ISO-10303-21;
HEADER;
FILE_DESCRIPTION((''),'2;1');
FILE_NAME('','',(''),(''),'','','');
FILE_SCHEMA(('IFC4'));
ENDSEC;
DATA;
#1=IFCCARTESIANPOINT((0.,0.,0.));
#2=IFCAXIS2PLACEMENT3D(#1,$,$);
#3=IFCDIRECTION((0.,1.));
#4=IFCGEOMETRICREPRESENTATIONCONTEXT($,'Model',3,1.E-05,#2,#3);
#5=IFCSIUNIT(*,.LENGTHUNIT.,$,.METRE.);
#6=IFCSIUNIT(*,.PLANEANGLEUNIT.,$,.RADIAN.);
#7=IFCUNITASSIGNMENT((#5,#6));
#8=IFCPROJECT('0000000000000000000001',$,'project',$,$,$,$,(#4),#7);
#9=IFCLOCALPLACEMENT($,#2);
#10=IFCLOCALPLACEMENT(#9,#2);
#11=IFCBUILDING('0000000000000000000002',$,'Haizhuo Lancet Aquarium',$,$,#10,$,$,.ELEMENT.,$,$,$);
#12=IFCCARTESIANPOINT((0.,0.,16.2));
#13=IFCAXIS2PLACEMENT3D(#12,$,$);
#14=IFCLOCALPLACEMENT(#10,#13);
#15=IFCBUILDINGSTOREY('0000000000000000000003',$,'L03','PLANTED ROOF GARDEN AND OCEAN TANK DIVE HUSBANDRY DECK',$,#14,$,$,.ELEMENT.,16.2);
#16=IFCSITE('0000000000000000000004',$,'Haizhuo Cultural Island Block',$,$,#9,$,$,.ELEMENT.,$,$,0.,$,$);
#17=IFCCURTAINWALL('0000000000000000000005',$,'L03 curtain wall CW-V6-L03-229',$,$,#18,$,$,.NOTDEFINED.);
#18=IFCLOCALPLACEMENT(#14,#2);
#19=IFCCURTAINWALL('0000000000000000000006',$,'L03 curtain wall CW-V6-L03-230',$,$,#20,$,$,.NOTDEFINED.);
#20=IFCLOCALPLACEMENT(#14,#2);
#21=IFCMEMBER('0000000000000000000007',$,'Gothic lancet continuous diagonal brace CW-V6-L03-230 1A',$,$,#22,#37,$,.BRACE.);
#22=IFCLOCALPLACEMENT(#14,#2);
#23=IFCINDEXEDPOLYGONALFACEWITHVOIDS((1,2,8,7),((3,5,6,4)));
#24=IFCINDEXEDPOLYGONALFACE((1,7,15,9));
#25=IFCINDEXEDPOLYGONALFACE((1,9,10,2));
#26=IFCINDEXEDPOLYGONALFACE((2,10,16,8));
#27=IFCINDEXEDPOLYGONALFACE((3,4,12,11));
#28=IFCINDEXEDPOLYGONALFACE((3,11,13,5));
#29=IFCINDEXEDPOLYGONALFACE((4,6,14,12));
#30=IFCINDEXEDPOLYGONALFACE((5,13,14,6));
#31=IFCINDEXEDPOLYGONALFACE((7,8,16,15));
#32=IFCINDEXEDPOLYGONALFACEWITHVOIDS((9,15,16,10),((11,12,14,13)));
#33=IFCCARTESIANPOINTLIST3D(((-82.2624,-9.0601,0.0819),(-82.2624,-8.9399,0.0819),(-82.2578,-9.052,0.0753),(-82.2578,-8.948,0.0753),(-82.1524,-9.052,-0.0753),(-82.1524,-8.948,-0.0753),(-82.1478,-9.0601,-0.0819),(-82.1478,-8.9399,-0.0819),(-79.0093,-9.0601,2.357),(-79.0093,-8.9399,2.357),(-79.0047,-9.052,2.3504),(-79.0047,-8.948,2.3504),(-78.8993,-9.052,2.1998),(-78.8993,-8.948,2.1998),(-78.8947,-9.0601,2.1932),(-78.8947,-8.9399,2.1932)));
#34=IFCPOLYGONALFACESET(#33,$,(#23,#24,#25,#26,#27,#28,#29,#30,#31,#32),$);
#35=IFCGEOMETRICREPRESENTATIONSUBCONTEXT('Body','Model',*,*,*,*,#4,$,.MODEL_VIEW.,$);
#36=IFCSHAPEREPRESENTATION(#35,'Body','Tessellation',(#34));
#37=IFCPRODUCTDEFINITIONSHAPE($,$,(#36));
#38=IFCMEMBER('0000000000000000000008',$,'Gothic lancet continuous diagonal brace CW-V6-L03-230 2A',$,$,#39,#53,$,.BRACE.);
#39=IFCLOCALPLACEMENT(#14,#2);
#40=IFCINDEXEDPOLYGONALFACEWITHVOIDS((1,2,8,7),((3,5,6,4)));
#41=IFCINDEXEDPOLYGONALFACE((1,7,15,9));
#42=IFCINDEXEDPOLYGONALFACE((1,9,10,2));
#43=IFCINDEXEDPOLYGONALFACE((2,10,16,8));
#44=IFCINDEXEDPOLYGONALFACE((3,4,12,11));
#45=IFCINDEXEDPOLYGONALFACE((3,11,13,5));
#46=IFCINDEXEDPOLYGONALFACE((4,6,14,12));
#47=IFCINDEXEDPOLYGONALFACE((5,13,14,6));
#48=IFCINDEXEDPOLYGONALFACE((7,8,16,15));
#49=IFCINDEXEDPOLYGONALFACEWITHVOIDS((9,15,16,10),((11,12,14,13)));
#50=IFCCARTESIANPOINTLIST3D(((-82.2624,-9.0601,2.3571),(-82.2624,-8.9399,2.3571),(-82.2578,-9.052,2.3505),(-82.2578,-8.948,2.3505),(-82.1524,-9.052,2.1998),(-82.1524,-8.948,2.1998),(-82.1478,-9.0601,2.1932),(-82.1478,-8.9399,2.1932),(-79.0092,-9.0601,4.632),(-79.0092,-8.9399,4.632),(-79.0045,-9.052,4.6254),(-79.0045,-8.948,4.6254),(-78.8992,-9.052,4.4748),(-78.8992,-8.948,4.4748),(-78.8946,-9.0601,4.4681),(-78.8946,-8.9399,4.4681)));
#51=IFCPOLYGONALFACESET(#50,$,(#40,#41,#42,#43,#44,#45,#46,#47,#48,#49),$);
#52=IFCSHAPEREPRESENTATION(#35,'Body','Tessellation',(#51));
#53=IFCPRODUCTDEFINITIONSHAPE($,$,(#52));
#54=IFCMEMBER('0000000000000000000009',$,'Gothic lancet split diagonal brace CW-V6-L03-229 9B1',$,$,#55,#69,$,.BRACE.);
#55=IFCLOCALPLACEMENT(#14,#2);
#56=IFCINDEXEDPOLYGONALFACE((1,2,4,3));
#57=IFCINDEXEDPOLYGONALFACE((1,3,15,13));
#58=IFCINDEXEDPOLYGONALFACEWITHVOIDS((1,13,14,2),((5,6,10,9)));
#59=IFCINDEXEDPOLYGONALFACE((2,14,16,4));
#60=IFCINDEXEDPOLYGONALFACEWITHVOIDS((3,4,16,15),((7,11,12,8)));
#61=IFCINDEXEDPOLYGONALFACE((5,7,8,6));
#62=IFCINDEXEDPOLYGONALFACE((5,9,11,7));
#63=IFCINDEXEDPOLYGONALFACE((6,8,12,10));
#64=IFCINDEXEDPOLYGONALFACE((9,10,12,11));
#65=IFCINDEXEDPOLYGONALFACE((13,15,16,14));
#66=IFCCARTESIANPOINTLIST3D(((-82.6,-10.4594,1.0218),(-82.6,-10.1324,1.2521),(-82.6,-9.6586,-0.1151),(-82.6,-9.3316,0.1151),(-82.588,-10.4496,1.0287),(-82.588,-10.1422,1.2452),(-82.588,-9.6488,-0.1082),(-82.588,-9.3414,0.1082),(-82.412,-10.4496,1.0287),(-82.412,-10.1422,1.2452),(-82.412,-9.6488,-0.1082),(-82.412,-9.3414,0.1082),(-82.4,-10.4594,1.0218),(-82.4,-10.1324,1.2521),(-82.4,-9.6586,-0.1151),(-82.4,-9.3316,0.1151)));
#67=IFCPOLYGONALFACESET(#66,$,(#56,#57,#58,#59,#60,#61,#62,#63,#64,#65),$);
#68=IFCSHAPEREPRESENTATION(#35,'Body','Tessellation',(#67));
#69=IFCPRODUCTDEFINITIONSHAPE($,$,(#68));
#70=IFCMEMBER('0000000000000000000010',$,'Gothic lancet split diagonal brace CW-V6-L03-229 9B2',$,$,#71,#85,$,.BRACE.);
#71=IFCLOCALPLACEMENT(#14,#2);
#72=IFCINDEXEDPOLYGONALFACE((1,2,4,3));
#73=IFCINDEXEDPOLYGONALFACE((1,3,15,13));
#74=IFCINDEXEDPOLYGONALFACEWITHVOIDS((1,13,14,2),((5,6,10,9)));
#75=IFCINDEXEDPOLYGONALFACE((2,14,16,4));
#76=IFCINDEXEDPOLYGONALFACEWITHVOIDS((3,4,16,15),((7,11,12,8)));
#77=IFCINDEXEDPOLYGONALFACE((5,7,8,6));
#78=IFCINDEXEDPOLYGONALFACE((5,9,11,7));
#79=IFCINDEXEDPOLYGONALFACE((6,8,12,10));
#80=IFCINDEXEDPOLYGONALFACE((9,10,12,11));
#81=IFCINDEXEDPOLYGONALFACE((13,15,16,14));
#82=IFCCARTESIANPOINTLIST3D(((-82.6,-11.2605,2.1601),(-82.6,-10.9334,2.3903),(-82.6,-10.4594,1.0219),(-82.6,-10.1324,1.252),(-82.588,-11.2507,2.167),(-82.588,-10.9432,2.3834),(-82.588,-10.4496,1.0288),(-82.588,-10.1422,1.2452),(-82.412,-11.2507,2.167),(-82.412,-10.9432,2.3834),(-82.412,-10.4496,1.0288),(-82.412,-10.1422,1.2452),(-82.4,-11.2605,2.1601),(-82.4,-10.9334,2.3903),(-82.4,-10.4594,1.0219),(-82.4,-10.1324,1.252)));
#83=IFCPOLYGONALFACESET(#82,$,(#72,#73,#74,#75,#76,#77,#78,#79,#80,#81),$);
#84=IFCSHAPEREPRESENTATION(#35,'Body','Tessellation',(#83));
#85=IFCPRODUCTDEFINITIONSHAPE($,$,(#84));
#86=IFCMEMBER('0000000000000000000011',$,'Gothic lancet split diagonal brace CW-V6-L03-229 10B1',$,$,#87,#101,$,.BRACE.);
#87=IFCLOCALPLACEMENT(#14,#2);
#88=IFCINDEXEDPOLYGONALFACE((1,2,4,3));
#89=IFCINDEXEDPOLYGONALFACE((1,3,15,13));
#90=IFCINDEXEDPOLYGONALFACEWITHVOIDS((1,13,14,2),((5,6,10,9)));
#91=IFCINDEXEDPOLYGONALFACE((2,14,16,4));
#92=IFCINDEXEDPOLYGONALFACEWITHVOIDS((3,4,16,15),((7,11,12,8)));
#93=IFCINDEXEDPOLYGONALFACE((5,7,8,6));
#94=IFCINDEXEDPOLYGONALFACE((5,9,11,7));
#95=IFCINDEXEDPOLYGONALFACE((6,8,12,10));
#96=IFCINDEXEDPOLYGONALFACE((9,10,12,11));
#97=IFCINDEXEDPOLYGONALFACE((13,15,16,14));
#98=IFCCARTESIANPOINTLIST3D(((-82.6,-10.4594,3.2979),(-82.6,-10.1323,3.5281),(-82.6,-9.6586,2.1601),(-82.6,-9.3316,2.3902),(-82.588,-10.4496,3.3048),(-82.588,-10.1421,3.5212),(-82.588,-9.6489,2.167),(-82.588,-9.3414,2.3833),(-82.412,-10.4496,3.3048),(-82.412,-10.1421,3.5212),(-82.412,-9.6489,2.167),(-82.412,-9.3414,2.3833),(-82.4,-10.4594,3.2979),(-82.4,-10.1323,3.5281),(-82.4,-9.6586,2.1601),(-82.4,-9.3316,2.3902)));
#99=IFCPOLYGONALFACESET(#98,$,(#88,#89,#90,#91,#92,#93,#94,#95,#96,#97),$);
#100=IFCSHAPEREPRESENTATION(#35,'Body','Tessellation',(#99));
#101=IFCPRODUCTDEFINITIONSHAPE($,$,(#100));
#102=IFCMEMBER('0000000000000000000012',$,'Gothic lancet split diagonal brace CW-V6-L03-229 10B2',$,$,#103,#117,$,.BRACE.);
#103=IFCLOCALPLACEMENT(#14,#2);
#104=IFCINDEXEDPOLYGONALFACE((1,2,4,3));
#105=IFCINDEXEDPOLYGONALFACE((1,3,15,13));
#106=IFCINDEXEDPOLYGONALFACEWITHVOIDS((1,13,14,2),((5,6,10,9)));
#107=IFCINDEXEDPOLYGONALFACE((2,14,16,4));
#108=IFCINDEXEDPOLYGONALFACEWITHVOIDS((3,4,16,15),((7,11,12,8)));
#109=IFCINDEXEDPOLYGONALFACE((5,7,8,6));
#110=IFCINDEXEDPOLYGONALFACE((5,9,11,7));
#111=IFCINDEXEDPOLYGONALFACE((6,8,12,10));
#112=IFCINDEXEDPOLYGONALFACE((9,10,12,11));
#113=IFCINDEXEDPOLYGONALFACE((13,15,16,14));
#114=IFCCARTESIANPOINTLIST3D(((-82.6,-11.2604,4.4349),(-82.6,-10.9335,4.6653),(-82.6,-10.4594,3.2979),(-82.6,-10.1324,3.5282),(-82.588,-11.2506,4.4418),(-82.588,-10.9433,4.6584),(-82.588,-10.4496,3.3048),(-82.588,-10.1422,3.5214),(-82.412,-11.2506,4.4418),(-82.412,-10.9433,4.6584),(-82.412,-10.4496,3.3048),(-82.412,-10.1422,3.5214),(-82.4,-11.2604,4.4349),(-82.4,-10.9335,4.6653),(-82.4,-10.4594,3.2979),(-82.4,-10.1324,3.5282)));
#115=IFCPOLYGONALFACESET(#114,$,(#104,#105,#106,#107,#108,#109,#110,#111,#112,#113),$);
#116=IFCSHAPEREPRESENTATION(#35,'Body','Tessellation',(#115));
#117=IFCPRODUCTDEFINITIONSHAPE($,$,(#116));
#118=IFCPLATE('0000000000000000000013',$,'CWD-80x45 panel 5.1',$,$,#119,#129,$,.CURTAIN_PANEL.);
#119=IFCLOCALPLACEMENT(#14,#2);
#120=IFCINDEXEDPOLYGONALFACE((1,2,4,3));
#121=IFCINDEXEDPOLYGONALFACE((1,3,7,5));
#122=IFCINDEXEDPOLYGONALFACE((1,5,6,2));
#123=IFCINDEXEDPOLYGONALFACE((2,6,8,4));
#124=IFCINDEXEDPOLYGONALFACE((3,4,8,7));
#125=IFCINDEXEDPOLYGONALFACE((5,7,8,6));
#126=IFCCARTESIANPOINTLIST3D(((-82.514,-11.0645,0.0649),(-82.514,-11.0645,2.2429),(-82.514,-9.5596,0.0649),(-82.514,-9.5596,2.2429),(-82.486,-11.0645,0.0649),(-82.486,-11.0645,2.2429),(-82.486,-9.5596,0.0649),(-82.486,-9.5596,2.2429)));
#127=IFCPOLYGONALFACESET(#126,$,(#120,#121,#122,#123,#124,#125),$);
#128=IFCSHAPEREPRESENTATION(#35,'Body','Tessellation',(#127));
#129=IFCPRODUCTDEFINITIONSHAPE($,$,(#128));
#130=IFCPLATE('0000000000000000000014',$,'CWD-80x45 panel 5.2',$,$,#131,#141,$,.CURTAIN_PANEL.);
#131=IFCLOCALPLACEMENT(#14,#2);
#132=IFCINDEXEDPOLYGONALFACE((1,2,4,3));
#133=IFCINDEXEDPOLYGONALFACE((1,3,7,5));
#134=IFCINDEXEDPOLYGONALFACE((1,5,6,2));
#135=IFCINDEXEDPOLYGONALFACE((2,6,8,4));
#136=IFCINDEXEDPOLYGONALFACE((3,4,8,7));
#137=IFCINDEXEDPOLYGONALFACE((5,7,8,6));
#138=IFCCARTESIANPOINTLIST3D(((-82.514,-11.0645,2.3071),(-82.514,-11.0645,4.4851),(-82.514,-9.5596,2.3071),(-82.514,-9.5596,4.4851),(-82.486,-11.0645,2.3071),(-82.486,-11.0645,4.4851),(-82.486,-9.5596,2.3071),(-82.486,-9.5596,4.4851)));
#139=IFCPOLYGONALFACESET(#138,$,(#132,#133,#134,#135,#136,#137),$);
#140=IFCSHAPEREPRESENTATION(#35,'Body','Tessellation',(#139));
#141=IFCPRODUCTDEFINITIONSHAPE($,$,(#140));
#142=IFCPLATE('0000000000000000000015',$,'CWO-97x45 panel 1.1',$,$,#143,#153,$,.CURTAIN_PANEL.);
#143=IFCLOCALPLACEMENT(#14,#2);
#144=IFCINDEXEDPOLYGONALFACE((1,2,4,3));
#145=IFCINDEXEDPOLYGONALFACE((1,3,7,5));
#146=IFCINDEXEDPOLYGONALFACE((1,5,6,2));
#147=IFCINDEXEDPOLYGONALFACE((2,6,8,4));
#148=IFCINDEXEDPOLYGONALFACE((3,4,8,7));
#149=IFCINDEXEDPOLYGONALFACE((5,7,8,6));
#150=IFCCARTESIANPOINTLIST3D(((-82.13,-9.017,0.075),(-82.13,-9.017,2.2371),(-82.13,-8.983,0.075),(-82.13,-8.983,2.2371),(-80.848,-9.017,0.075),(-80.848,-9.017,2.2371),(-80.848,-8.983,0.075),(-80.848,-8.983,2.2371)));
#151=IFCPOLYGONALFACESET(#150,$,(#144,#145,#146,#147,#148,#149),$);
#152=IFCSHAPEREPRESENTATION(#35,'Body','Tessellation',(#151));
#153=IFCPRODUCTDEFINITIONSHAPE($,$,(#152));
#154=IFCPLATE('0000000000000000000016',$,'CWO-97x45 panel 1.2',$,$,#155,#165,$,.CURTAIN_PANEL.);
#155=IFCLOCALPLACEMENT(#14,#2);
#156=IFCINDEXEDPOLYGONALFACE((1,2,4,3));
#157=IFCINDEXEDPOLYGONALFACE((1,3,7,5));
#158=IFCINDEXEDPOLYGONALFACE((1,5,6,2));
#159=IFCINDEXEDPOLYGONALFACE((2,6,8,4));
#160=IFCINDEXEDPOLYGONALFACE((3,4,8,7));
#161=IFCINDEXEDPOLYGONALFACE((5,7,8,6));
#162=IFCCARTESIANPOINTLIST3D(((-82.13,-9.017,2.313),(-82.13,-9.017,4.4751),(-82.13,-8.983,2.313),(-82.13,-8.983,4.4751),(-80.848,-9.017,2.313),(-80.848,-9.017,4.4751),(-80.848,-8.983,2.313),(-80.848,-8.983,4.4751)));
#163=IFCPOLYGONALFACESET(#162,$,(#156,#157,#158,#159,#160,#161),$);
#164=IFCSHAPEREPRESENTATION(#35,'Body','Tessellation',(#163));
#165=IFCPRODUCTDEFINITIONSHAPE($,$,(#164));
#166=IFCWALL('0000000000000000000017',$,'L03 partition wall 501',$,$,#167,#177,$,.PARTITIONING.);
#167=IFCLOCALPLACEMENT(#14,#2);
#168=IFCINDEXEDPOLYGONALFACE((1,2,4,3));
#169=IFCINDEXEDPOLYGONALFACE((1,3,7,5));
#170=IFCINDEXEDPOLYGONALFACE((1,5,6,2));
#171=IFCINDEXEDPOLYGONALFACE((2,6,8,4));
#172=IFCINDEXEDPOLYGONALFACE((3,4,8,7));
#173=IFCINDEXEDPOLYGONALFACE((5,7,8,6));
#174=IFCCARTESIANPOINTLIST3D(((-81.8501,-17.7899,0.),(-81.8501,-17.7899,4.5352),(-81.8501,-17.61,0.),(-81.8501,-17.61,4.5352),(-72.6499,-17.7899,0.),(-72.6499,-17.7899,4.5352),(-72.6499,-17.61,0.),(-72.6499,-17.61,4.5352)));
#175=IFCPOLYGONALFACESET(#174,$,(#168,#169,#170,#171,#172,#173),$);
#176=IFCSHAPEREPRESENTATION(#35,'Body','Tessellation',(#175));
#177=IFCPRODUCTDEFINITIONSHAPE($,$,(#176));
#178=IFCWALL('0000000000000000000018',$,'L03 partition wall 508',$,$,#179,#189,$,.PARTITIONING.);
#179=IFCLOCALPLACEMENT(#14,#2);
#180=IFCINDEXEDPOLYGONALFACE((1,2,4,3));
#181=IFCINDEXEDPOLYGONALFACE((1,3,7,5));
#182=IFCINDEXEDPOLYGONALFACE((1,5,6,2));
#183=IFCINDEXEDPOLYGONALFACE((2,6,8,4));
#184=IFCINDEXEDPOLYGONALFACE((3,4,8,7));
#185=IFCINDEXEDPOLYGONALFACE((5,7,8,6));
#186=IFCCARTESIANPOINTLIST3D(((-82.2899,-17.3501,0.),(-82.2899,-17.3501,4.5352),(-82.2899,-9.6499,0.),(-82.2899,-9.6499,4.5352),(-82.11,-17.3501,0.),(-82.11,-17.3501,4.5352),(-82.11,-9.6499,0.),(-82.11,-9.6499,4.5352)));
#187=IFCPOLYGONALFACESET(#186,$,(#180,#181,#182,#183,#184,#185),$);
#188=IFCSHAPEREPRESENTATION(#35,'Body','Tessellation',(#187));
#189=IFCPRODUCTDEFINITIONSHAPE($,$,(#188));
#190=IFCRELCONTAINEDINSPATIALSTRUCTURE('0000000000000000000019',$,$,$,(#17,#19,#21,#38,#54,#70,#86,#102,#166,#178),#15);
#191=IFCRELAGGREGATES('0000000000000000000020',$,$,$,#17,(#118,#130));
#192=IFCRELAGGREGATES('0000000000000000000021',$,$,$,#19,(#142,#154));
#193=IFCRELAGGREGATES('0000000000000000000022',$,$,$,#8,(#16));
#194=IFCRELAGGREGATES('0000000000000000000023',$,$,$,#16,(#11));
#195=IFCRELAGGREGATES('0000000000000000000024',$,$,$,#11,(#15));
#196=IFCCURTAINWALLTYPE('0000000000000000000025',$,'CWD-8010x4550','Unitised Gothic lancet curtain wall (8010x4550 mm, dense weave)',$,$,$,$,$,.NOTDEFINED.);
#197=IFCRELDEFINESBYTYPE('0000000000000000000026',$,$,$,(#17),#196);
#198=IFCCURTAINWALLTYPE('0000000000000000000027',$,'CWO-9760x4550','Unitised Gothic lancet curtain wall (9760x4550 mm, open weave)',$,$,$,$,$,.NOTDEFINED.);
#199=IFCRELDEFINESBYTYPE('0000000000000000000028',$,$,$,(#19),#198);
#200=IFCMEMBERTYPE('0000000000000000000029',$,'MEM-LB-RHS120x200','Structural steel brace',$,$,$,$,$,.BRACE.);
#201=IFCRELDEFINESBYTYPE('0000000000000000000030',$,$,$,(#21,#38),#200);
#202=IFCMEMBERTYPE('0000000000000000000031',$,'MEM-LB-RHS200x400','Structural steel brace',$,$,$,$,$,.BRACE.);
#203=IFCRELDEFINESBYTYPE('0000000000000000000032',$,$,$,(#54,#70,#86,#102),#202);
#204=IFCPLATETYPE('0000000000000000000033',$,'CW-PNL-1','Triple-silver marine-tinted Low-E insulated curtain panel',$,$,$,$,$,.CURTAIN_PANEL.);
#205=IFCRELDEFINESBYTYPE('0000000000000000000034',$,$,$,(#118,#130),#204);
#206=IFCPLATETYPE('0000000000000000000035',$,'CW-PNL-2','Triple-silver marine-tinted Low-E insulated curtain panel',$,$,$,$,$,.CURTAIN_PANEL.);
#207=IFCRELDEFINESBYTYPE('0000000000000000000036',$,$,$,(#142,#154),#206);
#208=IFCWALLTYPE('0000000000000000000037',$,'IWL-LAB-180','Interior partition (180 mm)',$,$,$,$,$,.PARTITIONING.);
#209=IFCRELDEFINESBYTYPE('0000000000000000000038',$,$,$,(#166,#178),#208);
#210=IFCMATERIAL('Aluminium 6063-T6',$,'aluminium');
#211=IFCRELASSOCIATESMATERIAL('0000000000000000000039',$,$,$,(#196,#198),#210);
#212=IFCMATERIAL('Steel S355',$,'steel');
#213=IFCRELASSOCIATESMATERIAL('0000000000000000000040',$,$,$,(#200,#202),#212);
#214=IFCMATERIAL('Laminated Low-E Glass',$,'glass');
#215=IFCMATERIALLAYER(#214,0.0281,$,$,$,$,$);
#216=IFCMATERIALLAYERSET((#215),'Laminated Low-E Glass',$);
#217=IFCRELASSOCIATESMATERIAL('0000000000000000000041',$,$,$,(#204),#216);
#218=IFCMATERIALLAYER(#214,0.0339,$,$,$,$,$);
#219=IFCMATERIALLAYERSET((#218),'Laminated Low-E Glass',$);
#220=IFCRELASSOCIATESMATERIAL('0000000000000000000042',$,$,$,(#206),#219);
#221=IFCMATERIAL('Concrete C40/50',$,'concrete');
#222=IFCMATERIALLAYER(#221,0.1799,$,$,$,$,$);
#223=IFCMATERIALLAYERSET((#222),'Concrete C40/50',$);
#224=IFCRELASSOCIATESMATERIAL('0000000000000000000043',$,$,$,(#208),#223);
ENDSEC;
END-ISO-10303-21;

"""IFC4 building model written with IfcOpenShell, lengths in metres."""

from ifc_helpers import new_model, si_unit, direction, frame, frame_2d, origin, origin_2d, place, context, subcontext, project, spatial, rectangle, hollow_rectangle, extrude, material, layer, layer_set, material_profile, profile_set, type_object, element, aggregate, save


model = new_model("IFC4")

# Units and contexts
model_context = context("Model", 3, precision=1e-05, world=origin(), true_north=direction((0.0, 1.0)))
body_context = subcontext(model_context, "Body", "Model", "MODEL_VIEW")
ifc_project = project(units=[si_unit("LENGTHUNIT", "METRE"), si_unit("PLANEANGLEUNIT", "RADIAN")], contexts=[model_context])

# Site, building, storey
site_placement = place(None, origin())
site = spatial("IfcSite", under=ifc_project, at=site_placement, Name="Haizhuo Cultural Island Block", CompositionType="ELEMENT", RefElevation=0.0)
building_placement = place(site_placement, origin())
building = spatial("IfcBuilding", under=site, at=building_placement, Name="Haizhuo Lancet Aquarium", CompositionType="ELEMENT")
storey_placement = place(building_placement, frame((0.0, 0.0, 16.2)))
storey = spatial("IfcBuildingStorey", under=building, at=storey_placement, Name="L03", Description="PLANTED ROOF GARDEN AND OCEAN TANK DIVE HUSBANDRY DECK", CompositionType="ELEMENT", Elevation=16.2)

# Shared definitions
ifc_material_1 = material(Name="Steel S355", Category="steel")

# Curtain wall
ifc_material_2 = material(Name="Aluminium 6063-T6", Category="aluminium")
curtain_wall_type_1 = type_object("IfcCurtainWallType", Name="CWD-8010x4550", Description="Unitised Gothic lancet curtain wall (8010x4550 mm, dense weave)", PredefinedType="NOTDEFINED", material=ifc_material_2)
curtain_wall_1_placement = place(storey_placement, origin())
curtain_wall_1 = element("IfcCurtainWall", 1, at=curtain_wall_1_placement, inside=storey, type_object=curtain_wall_type_1, Name="L03 curtain wall CW-V6-L03-229", PredefinedType="NOTDEFINED")

# Curtain wall
curtain_wall_type_2 = type_object("IfcCurtainWallType", Name="CWO-9760x4550", Description="Unitised Gothic lancet curtain wall (9760x4550 mm, open weave)", PredefinedType="NOTDEFINED", material=ifc_material_2)
curtain_wall_2_placement = place(storey_placement, origin())
curtain_wall_2 = element("IfcCurtainWall", 2, at=curtain_wall_2_placement, inside=storey, type_object=curtain_wall_type_2, Name="L03 curtain wall CW-V6-L03-230", PredefinedType="NOTDEFINED")

# Members
ifc_material_profile_1 = material_profile(ifc_material_1, hollow_rectangle(XDim=0.1201, YDim=0.2, WallThickness=0.0081, at=origin_2d()), Name="RHS 120x200x8")
ifc_profile_set_1 = profile_set([ifc_material_profile_1], Name="Steel S355")
member_type_1 = type_object("IfcMemberType", Name="MEM-LB-RHS120x200", Description="Structural steel brace", PredefinedType="BRACE", material=ifc_profile_set_1)
for number, where, z_axis, x_axis, name in (
    (3, (-82.2051, -9.0, 0.0), (0.819477, 0.0, 0.573111), (0.0, 1.0, 0.0), "Gothic lancet continuous diagonal brace CW-V6-L03-230 1A"),
    (4, (-82.2051, -9.0, 2.2751), (0.819506, 0.0, 0.57307), (0.0, 1.0, 0.0), "Gothic lancet continuous diagonal brace CW-V6-L03-230 2A"),
):
    element("IfcMember", number, at=place(storey_placement, frame(where, z_axis=z_axis, x_axis=x_axis)), inside=storey, type_object=member_type_1, Name=name, PredefinedType="BRACE", context=body_context, shape_type="SweptSolid", body=[
        extrude(hollow_rectangle(XDim=0.1201, YDim=0.2, WallThickness=0.0081, at=origin_2d()), origin(), (0.0, 0.0, 1.0), 3.9697),
    ])
ifc_material_profile_2 = material_profile(ifc_material_1, hollow_rectangle(XDim=0.2, YDim=0.3999, WallThickness=0.012, at=origin_2d()), Name="RHS 200x400x12")
ifc_profile_set_2 = profile_set([ifc_material_profile_2], Name="Steel S355")
member_type_2 = type_object("IfcMemberType", Name="MEM-LB-RHS200x400", Description="Structural steel brace", PredefinedType="BRACE", material=ifc_profile_set_2)
member_1_placement = place(storey_placement, frame((-82.5, -9.4951, 0.0), z_axis=(0.0, -0.575828, 0.817571), x_axis=(1.0, 0.0, 0.0)))
element("IfcMember", 5, at=member_1_placement, inside=storey, type_object=member_type_2, Name="Gothic lancet split diagonal brace CW-V6-L03-229 9B1", PredefinedType="BRACE", context=body_context, shape_type="SweptSolid", body=[
    extrude(hollow_rectangle(XDim=0.2, YDim=0.3999, WallThickness=0.012, at=origin_2d()), origin(), (0.0, 0.0, 1.0), 1.3906),
])
member_2_placement = place(storey_placement, frame((-82.5, -10.2959, 1.137), z_axis=(0.0, -0.575533, 0.817779), x_axis=(1.0, 0.0, 0.0)))
element("IfcMember", 6, at=member_2_placement, inside=storey, type_object=member_type_2, Name="Gothic lancet split diagonal brace CW-V6-L03-229 9B2", PredefinedType="BRACE", context=body_context, shape_type="SweptSolid", body=[
    extrude(hollow_rectangle(XDim=0.2, YDim=0.3999, WallThickness=0.012, at=origin_2d()), origin(), (0.0, 0.0, 1.0), 1.3918),
])
member_3_placement = place(storey_placement, frame((-82.5, -9.4951, 2.2751), z_axis=(0.0, -0.575498, 0.817803), x_axis=(1.0, 0.0, 0.0)))
element("IfcMember", 7, at=member_3_placement, inside=storey, type_object=member_type_2, Name="Gothic lancet split diagonal brace CW-V6-L03-229 10B1", PredefinedType="BRACE", context=body_context, shape_type="SweptSolid", body=[
    extrude(hollow_rectangle(XDim=0.2, YDim=0.3999, WallThickness=0.012, at=origin_2d()), origin(), (0.0, 0.0, 1.0), 1.3914),
])
member_4_placement = place(storey_placement, frame((-82.5, -10.2959, 3.4131), z_axis=(0.0, -0.575946, 0.817488), x_axis=(1.0, 0.0, 0.0)))
element("IfcMember", 8, at=member_4_placement, inside=storey, type_object=member_type_2, Name="Gothic lancet split diagonal brace CW-V6-L03-229 10B2", PredefinedType="BRACE", context=body_context, shape_type="SweptSolid", body=[
    extrude(hollow_rectangle(XDim=0.2, YDim=0.3999, WallThickness=0.012, at=origin_2d()), origin(), (0.0, 0.0, 1.0), 1.3909),
])

# Plates
ifc_material_3 = material(Name="Laminated Low-E Glass", Category="glass")
ifc_layer_1 = layer(ifc_material_3, 0.0281)
ifc_layer_set_1 = layer_set([ifc_layer_1], Name="Laminated Low-E Glass")
plate_type_1 = type_object("IfcPlateType", Name="CW-PNL-1", Description="Triple-silver marine-tinted Low-E insulated curtain panel", PredefinedType="CURTAIN_PANEL", material=ifc_layer_set_1)
plate_1_placement = place(storey_placement, frame((-82.5, -10.312, 0.0649), z_axis=(0.0, 0.0, 1.0), x_axis=(0.0, 1.0, 0.0)))
plate_1 = element("IfcPlate", 9, at=plate_1_placement, type_object=plate_type_1, Name="CWD-80x45 panel 5.1", PredefinedType="CURTAIN_PANEL", context=body_context, shape_type="SweptSolid", body=[
    extrude(rectangle(XDim=1.5049, YDim=0.0281, at=origin_2d()), origin(), (0.0, 0.0, 1.0), 2.178),
])
plate_2_placement = place(storey_placement, frame((-82.5, -10.312, 2.3071), z_axis=(0.0, 0.0, 1.0), x_axis=(0.0, 1.0, 0.0)))
plate_2 = element("IfcPlate", 10, at=plate_2_placement, type_object=plate_type_1, Name="CWD-80x45 panel 5.2", PredefinedType="CURTAIN_PANEL", context=body_context, shape_type="SweptSolid", body=[
    extrude(rectangle(XDim=1.5049, YDim=0.0281, at=origin_2d()), origin(), (0.0, 0.0, 1.0), 2.178),
])
aggregate(curtain_wall_1, [plate_1, plate_2])
ifc_layer_2 = layer(ifc_material_3, 0.0339)
ifc_layer_set_2 = layer_set([ifc_layer_2], Name="Laminated Low-E Glass")
plate_type_2 = type_object("IfcPlateType", Name="CW-PNL-2", Description="Triple-silver marine-tinted Low-E insulated curtain panel", PredefinedType="CURTAIN_PANEL", material=ifc_layer_set_2)
plate_3_placement = place(storey_placement, frame((-81.489, -9.0, 0.075), z_axis=(0.0, 0.0, 1.0), x_axis=(1.0, 0.0, 0.0)))
plate_3 = element("IfcPlate", 11, at=plate_3_placement, type_object=plate_type_2, Name="CWO-97x45 panel 1.1", PredefinedType="CURTAIN_PANEL", context=body_context, shape_type="SweptSolid", body=[
    extrude(rectangle(XDim=1.282, YDim=0.0339, at=origin_2d()), origin(), (0.0, 0.0, 1.0), 2.1621),
])
plate_4_placement = place(storey_placement, frame((-81.489, -9.0, 2.313), z_axis=(0.0, 0.0, 1.0), x_axis=(1.0, 0.0, 0.0)))
plate_4 = element("IfcPlate", 12, at=plate_4_placement, type_object=plate_type_2, Name="CWO-97x45 panel 1.2", PredefinedType="CURTAIN_PANEL", context=body_context, shape_type="SweptSolid", body=[
    extrude(rectangle(XDim=1.282, YDim=0.0339, at=origin_2d()), origin(), (0.0, 0.0, 1.0), 2.1621),
])
aggregate(curtain_wall_2, [plate_3, plate_4])

# Walls
ifc_material_4 = material(Name="Concrete C40/50", Category="concrete")
ifc_layer_3 = layer(ifc_material_4, 0.1799)
ifc_layer_set_3 = layer_set([ifc_layer_3], Name="Concrete C40/50")
wall_type = type_object("IfcWallType", Name="IWL-LAB-180", Description="Interior partition (180 mm)", PredefinedType="PARTITIONING", material=ifc_layer_set_3)
wall_1_placement = place(storey_placement, frame((-81.8501, -17.7, 0.0), z_axis=(0.0, 0.0, 1.0), x_axis=(1.0, 0.0, 0.0)))
element("IfcWall", 13, at=wall_1_placement, inside=storey, type_object=wall_type, Name="L03 partition wall 501", PredefinedType="PARTITIONING", context=body_context, shape_type="SweptSolid", body=[
    extrude(rectangle(XDim=9.2002, YDim=0.1799, at=frame_2d((4.6001, 0.0))), origin(), (0.0, 0.0, 1.0), 4.5352),
])
wall_2_placement = place(storey_placement, frame((-82.2, -9.6499, 0.0), z_axis=(0.0, 0.0, 1.0), x_axis=(0.0, -1.0, 0.0)))
element("IfcWall", 14, at=wall_2_placement, inside=storey, type_object=wall_type, Name="L03 partition wall 508", PredefinedType="PARTITIONING", context=body_context, shape_type="SweptSolid", body=[
    extrude(rectangle(XDim=7.7002, YDim=0.1799, at=frame_2d((3.8501, 0.0))), origin(), (0.0, 0.0, 1.0), 4.5352),
])

save(model, "model.ifc")
